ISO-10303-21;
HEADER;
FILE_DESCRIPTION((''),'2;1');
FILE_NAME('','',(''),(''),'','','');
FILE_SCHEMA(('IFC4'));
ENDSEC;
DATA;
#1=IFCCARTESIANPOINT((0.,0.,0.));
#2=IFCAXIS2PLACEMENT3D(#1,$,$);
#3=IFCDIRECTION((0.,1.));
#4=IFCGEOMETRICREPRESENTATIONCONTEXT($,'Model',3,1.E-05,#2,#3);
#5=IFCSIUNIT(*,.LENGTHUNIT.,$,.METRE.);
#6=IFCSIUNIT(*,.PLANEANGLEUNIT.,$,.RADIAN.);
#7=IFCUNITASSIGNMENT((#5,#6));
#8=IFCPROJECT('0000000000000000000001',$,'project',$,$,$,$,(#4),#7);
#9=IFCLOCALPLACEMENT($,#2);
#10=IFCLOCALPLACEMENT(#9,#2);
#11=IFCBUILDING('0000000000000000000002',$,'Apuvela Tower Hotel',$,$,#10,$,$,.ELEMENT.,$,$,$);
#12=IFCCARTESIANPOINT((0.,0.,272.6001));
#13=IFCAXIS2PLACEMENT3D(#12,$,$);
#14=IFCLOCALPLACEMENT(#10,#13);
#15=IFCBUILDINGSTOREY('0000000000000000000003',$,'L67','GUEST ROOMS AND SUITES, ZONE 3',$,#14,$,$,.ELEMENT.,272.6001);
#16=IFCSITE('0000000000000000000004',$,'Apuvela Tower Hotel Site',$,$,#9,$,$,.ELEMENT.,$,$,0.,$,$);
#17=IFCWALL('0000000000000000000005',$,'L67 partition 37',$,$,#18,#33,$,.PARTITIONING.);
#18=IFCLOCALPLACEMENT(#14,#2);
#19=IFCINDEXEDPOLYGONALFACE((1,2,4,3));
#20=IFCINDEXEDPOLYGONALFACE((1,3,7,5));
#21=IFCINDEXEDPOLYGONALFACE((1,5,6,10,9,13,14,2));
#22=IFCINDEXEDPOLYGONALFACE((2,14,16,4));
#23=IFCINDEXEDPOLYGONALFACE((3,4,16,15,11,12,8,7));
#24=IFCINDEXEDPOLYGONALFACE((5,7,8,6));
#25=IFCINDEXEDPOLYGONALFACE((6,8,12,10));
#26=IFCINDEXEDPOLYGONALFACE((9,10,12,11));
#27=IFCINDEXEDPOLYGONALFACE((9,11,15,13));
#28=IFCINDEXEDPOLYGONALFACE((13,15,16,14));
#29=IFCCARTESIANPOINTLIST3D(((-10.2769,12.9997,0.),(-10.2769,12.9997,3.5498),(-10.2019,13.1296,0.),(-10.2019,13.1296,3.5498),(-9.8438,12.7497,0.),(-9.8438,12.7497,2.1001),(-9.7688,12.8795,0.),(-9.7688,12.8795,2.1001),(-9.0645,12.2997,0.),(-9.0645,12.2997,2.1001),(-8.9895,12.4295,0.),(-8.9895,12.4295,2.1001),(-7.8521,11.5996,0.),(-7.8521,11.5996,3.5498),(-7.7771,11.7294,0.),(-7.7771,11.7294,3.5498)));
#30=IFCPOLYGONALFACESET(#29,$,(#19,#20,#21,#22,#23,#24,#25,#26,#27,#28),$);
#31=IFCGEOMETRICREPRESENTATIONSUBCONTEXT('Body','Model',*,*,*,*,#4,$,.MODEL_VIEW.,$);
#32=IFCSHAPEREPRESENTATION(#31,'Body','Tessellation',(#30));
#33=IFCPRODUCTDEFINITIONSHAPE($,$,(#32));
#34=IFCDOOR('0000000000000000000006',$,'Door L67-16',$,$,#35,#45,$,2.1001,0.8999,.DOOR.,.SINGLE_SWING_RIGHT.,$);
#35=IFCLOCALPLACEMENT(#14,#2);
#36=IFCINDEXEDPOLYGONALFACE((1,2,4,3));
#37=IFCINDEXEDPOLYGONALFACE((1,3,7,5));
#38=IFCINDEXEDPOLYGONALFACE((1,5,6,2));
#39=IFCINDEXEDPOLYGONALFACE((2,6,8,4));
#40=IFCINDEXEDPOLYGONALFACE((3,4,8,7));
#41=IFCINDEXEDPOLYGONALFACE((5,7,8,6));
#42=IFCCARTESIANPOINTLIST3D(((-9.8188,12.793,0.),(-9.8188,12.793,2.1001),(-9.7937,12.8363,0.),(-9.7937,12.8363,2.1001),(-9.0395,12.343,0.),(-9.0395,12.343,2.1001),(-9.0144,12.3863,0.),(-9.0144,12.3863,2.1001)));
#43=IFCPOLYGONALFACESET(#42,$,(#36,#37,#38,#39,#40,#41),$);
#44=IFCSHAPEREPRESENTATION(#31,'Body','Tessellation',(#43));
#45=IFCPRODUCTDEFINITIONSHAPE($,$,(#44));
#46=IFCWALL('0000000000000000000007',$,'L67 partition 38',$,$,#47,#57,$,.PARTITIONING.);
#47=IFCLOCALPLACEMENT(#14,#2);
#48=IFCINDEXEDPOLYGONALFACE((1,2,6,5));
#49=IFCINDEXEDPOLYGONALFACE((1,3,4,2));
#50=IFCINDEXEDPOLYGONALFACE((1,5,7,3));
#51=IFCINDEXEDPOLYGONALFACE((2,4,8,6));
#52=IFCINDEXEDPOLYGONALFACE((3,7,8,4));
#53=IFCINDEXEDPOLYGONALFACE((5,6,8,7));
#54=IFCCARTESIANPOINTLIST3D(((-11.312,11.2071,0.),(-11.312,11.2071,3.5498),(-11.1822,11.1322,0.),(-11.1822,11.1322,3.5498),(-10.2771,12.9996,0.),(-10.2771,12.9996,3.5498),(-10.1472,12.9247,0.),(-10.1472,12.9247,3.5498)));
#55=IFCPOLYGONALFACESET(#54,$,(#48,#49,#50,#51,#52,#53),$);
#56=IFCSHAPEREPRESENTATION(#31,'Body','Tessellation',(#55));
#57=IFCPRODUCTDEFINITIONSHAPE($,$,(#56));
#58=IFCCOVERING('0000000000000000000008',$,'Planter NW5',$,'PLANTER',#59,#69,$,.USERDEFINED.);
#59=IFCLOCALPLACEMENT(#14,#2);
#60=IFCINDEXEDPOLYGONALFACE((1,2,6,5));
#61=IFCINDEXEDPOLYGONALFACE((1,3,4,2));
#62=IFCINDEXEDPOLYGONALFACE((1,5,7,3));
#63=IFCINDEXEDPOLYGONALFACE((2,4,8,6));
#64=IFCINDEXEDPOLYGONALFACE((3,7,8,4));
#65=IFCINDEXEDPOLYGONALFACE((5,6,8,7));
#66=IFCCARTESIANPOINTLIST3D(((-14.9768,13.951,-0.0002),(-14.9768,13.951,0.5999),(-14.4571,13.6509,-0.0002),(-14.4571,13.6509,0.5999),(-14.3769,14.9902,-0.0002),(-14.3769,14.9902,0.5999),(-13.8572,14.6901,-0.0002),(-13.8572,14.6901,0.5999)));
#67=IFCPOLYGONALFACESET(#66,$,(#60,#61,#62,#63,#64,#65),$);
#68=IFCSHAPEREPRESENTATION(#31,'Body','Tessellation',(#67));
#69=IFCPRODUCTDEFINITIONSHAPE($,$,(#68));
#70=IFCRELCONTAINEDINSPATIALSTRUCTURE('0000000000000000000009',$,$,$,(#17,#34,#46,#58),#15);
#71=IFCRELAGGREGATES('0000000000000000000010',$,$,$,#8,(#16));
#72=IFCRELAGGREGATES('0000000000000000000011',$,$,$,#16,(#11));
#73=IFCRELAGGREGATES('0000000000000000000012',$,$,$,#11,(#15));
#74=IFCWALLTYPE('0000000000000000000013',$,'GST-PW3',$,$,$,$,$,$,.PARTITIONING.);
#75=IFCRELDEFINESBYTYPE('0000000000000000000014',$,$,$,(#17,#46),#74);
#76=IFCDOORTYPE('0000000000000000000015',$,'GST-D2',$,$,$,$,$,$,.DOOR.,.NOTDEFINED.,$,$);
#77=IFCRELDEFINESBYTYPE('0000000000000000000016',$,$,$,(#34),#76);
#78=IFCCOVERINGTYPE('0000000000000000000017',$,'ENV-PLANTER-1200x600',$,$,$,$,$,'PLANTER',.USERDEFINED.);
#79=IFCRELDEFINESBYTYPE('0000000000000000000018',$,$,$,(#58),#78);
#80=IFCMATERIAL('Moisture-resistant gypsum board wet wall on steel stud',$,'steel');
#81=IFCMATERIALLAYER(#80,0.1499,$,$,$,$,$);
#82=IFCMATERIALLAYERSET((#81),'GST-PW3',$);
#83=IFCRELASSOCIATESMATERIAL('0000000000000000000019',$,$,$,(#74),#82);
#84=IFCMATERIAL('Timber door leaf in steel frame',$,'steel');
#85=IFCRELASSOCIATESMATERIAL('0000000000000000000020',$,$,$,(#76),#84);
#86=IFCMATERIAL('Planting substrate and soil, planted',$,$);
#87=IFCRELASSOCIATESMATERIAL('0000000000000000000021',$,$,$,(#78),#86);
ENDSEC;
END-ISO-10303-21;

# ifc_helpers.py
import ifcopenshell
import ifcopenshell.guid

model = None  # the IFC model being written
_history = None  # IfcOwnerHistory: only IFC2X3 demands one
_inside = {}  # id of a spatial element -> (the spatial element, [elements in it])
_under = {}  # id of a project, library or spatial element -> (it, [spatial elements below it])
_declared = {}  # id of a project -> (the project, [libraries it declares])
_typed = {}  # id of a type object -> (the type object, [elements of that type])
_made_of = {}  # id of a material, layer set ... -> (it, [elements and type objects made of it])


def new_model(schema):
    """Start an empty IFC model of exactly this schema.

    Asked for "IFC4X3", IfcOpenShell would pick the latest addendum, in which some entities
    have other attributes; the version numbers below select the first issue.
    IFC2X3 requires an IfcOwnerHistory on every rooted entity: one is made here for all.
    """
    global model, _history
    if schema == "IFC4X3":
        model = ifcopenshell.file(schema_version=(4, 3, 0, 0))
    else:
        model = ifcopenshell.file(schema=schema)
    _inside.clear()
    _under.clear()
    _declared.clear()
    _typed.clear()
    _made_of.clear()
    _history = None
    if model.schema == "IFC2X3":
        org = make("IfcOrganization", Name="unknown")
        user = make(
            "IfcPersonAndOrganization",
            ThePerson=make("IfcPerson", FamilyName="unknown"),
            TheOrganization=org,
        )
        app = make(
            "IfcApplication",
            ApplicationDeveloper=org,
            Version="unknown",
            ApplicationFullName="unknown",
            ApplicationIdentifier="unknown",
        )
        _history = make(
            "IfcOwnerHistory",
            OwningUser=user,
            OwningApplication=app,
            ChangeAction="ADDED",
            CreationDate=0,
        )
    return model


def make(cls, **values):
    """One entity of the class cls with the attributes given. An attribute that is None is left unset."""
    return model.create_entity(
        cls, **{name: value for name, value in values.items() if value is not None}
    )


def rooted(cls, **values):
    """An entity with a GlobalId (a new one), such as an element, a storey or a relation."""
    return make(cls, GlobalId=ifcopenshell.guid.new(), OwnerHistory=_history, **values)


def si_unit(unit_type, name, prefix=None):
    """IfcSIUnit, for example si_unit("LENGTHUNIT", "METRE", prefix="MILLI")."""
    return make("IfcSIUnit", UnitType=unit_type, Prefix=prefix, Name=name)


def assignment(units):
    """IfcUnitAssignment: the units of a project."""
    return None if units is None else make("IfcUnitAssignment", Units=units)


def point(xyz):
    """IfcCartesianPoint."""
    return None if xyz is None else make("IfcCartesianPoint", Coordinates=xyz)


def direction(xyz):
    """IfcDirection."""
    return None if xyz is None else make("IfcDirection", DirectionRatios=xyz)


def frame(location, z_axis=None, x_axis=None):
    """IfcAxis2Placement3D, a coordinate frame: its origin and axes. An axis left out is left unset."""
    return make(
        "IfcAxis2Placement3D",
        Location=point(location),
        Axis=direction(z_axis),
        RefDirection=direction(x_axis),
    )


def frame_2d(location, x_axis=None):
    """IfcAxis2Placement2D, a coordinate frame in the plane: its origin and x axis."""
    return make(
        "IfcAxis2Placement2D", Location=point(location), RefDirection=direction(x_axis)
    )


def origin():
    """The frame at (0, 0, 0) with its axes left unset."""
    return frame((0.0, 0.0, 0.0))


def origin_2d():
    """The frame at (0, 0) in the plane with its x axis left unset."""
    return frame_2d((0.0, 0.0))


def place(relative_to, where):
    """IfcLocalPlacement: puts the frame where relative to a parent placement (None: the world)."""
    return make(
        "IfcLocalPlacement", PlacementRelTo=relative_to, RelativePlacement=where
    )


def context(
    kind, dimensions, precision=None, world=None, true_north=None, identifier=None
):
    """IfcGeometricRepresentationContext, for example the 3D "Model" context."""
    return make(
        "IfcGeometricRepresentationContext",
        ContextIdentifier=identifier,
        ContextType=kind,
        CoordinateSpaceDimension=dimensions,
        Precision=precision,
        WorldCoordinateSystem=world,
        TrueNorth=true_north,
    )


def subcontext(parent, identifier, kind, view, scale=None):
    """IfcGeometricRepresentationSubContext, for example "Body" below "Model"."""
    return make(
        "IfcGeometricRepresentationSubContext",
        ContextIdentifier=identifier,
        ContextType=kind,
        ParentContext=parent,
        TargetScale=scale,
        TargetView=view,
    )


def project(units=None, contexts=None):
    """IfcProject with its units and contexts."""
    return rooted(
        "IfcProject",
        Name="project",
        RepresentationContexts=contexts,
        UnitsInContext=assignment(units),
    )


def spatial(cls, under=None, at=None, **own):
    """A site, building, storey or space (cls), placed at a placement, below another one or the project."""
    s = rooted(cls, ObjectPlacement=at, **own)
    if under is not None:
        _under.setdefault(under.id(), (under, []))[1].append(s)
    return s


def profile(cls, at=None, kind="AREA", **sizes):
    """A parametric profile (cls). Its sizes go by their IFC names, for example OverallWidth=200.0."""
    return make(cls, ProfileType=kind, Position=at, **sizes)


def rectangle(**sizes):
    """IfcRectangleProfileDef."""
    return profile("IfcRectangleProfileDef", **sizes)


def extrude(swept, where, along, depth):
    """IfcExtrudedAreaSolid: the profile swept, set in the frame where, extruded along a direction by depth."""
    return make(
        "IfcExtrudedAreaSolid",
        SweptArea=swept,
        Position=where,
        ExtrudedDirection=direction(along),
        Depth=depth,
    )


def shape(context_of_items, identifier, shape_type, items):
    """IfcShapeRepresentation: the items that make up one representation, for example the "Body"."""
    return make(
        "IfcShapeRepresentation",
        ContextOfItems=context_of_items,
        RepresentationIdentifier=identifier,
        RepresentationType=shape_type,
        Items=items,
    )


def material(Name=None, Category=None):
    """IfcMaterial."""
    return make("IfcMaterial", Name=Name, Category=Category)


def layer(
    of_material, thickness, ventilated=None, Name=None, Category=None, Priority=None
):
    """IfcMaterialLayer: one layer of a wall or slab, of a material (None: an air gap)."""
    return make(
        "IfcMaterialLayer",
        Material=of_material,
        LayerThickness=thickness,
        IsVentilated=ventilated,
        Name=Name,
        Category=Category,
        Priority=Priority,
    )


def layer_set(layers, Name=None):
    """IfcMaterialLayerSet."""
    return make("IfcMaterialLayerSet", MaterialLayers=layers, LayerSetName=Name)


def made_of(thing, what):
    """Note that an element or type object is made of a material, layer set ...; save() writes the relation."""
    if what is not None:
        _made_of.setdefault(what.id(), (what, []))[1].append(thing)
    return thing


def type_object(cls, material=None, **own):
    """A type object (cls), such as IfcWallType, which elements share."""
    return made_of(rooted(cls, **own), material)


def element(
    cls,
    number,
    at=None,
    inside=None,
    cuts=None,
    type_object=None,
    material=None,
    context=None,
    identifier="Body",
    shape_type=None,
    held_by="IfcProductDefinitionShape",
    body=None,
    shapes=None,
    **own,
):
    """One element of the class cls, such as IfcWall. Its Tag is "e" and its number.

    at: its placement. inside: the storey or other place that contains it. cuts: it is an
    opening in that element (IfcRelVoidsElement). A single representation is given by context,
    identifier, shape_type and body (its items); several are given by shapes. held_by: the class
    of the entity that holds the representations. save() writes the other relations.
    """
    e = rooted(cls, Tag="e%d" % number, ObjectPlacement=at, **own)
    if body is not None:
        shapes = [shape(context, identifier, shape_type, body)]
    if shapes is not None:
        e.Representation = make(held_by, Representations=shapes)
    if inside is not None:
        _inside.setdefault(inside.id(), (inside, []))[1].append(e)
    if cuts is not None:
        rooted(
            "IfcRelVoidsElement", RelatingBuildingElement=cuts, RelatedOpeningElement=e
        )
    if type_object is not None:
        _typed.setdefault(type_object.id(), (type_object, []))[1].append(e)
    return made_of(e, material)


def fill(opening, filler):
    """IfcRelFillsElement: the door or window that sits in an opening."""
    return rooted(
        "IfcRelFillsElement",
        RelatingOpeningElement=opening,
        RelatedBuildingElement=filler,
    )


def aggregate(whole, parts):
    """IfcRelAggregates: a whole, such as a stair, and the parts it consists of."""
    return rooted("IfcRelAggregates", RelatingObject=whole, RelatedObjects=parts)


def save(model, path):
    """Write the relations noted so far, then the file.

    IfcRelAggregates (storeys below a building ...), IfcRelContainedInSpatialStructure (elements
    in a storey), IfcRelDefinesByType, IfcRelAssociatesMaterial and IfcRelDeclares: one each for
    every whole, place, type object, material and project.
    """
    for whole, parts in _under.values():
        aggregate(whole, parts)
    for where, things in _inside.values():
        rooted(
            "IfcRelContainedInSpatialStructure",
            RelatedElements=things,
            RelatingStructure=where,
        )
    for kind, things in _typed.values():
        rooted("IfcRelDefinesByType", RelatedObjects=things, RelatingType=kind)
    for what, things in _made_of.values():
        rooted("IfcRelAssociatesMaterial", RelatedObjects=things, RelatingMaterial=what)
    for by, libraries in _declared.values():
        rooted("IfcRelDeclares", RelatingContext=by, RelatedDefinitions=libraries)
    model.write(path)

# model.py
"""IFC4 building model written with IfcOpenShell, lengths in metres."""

from ifc_helpers import new_model, si_unit, direction, frame, frame_2d, origin, origin_2d, place, context, subcontext, project, spatial, rectangle, extrude, material, layer, layer_set, type_object, element, fill, save


model = new_model("IFC4")

# Units and contexts
model_context = context("Model", 3, precision=1e-05, world=origin(), true_north=direction((0.0, 1.0)))
body_context = subcontext(model_context, "Body", "Model", "MODEL_VIEW")
ifc_project = project(units=[si_unit("LENGTHUNIT", "METRE"), si_unit("PLANEANGLEUNIT", "RADIAN")], contexts=[model_context])

# Site, building, storey
site_placement = place(None, origin())
site = spatial("IfcSite", under=ifc_project, at=site_placement, Name="Apuvela Tower Hotel Site", CompositionType="ELEMENT", RefElevation=0.0)
building_placement = place(site_placement, origin())
building = spatial("IfcBuilding", under=site, at=building_placement, Name="Apuvela Tower Hotel", CompositionType="ELEMENT")
storey_placement = place(building_placement, frame((0.0, 0.0, 272.6001)))
storey = spatial("IfcBuildingStorey", under=building, at=storey_placement, Name="L67", Description="GUEST ROOMS AND SUITES, ZONE 3", CompositionType="ELEMENT", Elevation=272.6001)

# Wall, opening, door
ifc_material_1 = material(Name="Moisture-resistant gypsum board wet wall on steel stud", Category="steel")
ifc_layer_1 = layer(ifc_material_1, 0.1499)
ifc_layer_set_1 = layer_set([ifc_layer_1], Name="GST-PW3")
wall_type_1 = type_object("IfcWallType", Name="GST-PW3", PredefinedType="PARTITIONING", material=ifc_layer_set_1)
wall_1_placement = place(storey_placement, frame((-7.8147, 11.6646, 0.0), z_axis=(0.0, 0.0, 1.0), x_axis=(-0.865997, 0.50005, 0.0)))
wall_1 = element("IfcWall", 1, at=wall_1_placement, inside=storey, type_object=wall_type_1, Name="L67 partition 37", PredefinedType="PARTITIONING", context=body_context, shape_type="SweptSolid", body=[
    extrude(rectangle(XDim=2.8, YDim=0.1499, at=frame_2d((1.3999, 0.0))), origin(), (0.0, 0.0, 1.0), 3.5498),
])
opening_1_placement = place(wall_1_placement, frame((1.3999, 0.0, 0.0)))
opening_1 = element("IfcOpeningElement", 2, at=opening_1_placement, cuts=wall_1, PredefinedType="OPENING", context=body_context, shape_type="SweptSolid", body=[
    extrude(rectangle(XDim=0.8999, YDim=2.1001, at=frame_2d((0.45, 1.05))), frame((0.0, 0.085, 0.0), z_axis=(0.0, -1.0, 0.0), x_axis=(1.0, 0.0, 0.0)), (0.0, 0.0, 1.0), 0.1699),
])
ifc_material_2 = material(Name="Timber door leaf in steel frame", Category="steel")
door_type_1 = type_object("IfcDoorType", Name="GST-D2", OperationType="NOTDEFINED", PredefinedType="DOOR", material=ifc_material_2)
door_1_placement = place(opening_1_placement, origin())
door_1 = element("IfcDoor", 3, at=door_1_placement, inside=storey, type_object=door_type_1, Name="Door L67-16", OperationType="SINGLE_SWING_RIGHT", OverallHeight=2.1001, OverallWidth=0.8999, PredefinedType="DOOR", context=body_context, shape_type="SweptSolid", body=[
    extrude(rectangle(XDim=0.8999, YDim=2.1001, at=frame_2d((0.45, 1.05))), frame((0.0, 0.0249, 0.0), z_axis=(0.0, -1.0, 0.0), x_axis=(1.0, 0.0, 0.0)), (0.0, 0.0, 1.0), 0.05),
])
fill(opening_1, door_1)

# Wall
wall_2_placement = place(storey_placement, frame((-10.2122, 12.9622, 0.0), z_axis=(0.0, 0.0, 1.0), x_axis=(-0.500008, -0.866021, 0.0)))
element("IfcWall", 4, at=wall_2_placement, inside=storey, type_object=wall_type_1, Name="L67 partition 38", PredefinedType="PARTITIONING", context=body_context, shape_type="SweptSolid", body=[
    extrude(rectangle(XDim=2.0698, YDim=0.1499, at=frame_2d((1.0349, 0.0))), origin(), (0.0, 0.0, 1.0), 3.5498),
])

# Covering
ifc_material_3 = material(Name="Planting substrate and soil, planted")
covering_type = type_object("IfcCoveringType", Name="ENV-PLANTER-1200x600", ElementType="PLANTER", PredefinedType="USERDEFINED", material=ifc_material_3)
covering_placement = place(storey_placement, frame((-14.417, 14.3206, -0.0002), z_axis=(0.0, 0.0, 1.0), x_axis=(-0.5, -0.866025, 0.0)))
element("IfcCovering", 5, at=covering_placement, inside=storey, type_object=covering_type, Name="Planter NW5", ObjectType="PLANTER", PredefinedType="USERDEFINED", context=body_context, shape_type="SweptSolid", body=[
    extrude(rectangle(XDim=1.2, YDim=0.6001, at=origin_2d()), origin(), (0.0, 0.0, 1.0), 0.6001),
])

save(model, "model.ifc")
